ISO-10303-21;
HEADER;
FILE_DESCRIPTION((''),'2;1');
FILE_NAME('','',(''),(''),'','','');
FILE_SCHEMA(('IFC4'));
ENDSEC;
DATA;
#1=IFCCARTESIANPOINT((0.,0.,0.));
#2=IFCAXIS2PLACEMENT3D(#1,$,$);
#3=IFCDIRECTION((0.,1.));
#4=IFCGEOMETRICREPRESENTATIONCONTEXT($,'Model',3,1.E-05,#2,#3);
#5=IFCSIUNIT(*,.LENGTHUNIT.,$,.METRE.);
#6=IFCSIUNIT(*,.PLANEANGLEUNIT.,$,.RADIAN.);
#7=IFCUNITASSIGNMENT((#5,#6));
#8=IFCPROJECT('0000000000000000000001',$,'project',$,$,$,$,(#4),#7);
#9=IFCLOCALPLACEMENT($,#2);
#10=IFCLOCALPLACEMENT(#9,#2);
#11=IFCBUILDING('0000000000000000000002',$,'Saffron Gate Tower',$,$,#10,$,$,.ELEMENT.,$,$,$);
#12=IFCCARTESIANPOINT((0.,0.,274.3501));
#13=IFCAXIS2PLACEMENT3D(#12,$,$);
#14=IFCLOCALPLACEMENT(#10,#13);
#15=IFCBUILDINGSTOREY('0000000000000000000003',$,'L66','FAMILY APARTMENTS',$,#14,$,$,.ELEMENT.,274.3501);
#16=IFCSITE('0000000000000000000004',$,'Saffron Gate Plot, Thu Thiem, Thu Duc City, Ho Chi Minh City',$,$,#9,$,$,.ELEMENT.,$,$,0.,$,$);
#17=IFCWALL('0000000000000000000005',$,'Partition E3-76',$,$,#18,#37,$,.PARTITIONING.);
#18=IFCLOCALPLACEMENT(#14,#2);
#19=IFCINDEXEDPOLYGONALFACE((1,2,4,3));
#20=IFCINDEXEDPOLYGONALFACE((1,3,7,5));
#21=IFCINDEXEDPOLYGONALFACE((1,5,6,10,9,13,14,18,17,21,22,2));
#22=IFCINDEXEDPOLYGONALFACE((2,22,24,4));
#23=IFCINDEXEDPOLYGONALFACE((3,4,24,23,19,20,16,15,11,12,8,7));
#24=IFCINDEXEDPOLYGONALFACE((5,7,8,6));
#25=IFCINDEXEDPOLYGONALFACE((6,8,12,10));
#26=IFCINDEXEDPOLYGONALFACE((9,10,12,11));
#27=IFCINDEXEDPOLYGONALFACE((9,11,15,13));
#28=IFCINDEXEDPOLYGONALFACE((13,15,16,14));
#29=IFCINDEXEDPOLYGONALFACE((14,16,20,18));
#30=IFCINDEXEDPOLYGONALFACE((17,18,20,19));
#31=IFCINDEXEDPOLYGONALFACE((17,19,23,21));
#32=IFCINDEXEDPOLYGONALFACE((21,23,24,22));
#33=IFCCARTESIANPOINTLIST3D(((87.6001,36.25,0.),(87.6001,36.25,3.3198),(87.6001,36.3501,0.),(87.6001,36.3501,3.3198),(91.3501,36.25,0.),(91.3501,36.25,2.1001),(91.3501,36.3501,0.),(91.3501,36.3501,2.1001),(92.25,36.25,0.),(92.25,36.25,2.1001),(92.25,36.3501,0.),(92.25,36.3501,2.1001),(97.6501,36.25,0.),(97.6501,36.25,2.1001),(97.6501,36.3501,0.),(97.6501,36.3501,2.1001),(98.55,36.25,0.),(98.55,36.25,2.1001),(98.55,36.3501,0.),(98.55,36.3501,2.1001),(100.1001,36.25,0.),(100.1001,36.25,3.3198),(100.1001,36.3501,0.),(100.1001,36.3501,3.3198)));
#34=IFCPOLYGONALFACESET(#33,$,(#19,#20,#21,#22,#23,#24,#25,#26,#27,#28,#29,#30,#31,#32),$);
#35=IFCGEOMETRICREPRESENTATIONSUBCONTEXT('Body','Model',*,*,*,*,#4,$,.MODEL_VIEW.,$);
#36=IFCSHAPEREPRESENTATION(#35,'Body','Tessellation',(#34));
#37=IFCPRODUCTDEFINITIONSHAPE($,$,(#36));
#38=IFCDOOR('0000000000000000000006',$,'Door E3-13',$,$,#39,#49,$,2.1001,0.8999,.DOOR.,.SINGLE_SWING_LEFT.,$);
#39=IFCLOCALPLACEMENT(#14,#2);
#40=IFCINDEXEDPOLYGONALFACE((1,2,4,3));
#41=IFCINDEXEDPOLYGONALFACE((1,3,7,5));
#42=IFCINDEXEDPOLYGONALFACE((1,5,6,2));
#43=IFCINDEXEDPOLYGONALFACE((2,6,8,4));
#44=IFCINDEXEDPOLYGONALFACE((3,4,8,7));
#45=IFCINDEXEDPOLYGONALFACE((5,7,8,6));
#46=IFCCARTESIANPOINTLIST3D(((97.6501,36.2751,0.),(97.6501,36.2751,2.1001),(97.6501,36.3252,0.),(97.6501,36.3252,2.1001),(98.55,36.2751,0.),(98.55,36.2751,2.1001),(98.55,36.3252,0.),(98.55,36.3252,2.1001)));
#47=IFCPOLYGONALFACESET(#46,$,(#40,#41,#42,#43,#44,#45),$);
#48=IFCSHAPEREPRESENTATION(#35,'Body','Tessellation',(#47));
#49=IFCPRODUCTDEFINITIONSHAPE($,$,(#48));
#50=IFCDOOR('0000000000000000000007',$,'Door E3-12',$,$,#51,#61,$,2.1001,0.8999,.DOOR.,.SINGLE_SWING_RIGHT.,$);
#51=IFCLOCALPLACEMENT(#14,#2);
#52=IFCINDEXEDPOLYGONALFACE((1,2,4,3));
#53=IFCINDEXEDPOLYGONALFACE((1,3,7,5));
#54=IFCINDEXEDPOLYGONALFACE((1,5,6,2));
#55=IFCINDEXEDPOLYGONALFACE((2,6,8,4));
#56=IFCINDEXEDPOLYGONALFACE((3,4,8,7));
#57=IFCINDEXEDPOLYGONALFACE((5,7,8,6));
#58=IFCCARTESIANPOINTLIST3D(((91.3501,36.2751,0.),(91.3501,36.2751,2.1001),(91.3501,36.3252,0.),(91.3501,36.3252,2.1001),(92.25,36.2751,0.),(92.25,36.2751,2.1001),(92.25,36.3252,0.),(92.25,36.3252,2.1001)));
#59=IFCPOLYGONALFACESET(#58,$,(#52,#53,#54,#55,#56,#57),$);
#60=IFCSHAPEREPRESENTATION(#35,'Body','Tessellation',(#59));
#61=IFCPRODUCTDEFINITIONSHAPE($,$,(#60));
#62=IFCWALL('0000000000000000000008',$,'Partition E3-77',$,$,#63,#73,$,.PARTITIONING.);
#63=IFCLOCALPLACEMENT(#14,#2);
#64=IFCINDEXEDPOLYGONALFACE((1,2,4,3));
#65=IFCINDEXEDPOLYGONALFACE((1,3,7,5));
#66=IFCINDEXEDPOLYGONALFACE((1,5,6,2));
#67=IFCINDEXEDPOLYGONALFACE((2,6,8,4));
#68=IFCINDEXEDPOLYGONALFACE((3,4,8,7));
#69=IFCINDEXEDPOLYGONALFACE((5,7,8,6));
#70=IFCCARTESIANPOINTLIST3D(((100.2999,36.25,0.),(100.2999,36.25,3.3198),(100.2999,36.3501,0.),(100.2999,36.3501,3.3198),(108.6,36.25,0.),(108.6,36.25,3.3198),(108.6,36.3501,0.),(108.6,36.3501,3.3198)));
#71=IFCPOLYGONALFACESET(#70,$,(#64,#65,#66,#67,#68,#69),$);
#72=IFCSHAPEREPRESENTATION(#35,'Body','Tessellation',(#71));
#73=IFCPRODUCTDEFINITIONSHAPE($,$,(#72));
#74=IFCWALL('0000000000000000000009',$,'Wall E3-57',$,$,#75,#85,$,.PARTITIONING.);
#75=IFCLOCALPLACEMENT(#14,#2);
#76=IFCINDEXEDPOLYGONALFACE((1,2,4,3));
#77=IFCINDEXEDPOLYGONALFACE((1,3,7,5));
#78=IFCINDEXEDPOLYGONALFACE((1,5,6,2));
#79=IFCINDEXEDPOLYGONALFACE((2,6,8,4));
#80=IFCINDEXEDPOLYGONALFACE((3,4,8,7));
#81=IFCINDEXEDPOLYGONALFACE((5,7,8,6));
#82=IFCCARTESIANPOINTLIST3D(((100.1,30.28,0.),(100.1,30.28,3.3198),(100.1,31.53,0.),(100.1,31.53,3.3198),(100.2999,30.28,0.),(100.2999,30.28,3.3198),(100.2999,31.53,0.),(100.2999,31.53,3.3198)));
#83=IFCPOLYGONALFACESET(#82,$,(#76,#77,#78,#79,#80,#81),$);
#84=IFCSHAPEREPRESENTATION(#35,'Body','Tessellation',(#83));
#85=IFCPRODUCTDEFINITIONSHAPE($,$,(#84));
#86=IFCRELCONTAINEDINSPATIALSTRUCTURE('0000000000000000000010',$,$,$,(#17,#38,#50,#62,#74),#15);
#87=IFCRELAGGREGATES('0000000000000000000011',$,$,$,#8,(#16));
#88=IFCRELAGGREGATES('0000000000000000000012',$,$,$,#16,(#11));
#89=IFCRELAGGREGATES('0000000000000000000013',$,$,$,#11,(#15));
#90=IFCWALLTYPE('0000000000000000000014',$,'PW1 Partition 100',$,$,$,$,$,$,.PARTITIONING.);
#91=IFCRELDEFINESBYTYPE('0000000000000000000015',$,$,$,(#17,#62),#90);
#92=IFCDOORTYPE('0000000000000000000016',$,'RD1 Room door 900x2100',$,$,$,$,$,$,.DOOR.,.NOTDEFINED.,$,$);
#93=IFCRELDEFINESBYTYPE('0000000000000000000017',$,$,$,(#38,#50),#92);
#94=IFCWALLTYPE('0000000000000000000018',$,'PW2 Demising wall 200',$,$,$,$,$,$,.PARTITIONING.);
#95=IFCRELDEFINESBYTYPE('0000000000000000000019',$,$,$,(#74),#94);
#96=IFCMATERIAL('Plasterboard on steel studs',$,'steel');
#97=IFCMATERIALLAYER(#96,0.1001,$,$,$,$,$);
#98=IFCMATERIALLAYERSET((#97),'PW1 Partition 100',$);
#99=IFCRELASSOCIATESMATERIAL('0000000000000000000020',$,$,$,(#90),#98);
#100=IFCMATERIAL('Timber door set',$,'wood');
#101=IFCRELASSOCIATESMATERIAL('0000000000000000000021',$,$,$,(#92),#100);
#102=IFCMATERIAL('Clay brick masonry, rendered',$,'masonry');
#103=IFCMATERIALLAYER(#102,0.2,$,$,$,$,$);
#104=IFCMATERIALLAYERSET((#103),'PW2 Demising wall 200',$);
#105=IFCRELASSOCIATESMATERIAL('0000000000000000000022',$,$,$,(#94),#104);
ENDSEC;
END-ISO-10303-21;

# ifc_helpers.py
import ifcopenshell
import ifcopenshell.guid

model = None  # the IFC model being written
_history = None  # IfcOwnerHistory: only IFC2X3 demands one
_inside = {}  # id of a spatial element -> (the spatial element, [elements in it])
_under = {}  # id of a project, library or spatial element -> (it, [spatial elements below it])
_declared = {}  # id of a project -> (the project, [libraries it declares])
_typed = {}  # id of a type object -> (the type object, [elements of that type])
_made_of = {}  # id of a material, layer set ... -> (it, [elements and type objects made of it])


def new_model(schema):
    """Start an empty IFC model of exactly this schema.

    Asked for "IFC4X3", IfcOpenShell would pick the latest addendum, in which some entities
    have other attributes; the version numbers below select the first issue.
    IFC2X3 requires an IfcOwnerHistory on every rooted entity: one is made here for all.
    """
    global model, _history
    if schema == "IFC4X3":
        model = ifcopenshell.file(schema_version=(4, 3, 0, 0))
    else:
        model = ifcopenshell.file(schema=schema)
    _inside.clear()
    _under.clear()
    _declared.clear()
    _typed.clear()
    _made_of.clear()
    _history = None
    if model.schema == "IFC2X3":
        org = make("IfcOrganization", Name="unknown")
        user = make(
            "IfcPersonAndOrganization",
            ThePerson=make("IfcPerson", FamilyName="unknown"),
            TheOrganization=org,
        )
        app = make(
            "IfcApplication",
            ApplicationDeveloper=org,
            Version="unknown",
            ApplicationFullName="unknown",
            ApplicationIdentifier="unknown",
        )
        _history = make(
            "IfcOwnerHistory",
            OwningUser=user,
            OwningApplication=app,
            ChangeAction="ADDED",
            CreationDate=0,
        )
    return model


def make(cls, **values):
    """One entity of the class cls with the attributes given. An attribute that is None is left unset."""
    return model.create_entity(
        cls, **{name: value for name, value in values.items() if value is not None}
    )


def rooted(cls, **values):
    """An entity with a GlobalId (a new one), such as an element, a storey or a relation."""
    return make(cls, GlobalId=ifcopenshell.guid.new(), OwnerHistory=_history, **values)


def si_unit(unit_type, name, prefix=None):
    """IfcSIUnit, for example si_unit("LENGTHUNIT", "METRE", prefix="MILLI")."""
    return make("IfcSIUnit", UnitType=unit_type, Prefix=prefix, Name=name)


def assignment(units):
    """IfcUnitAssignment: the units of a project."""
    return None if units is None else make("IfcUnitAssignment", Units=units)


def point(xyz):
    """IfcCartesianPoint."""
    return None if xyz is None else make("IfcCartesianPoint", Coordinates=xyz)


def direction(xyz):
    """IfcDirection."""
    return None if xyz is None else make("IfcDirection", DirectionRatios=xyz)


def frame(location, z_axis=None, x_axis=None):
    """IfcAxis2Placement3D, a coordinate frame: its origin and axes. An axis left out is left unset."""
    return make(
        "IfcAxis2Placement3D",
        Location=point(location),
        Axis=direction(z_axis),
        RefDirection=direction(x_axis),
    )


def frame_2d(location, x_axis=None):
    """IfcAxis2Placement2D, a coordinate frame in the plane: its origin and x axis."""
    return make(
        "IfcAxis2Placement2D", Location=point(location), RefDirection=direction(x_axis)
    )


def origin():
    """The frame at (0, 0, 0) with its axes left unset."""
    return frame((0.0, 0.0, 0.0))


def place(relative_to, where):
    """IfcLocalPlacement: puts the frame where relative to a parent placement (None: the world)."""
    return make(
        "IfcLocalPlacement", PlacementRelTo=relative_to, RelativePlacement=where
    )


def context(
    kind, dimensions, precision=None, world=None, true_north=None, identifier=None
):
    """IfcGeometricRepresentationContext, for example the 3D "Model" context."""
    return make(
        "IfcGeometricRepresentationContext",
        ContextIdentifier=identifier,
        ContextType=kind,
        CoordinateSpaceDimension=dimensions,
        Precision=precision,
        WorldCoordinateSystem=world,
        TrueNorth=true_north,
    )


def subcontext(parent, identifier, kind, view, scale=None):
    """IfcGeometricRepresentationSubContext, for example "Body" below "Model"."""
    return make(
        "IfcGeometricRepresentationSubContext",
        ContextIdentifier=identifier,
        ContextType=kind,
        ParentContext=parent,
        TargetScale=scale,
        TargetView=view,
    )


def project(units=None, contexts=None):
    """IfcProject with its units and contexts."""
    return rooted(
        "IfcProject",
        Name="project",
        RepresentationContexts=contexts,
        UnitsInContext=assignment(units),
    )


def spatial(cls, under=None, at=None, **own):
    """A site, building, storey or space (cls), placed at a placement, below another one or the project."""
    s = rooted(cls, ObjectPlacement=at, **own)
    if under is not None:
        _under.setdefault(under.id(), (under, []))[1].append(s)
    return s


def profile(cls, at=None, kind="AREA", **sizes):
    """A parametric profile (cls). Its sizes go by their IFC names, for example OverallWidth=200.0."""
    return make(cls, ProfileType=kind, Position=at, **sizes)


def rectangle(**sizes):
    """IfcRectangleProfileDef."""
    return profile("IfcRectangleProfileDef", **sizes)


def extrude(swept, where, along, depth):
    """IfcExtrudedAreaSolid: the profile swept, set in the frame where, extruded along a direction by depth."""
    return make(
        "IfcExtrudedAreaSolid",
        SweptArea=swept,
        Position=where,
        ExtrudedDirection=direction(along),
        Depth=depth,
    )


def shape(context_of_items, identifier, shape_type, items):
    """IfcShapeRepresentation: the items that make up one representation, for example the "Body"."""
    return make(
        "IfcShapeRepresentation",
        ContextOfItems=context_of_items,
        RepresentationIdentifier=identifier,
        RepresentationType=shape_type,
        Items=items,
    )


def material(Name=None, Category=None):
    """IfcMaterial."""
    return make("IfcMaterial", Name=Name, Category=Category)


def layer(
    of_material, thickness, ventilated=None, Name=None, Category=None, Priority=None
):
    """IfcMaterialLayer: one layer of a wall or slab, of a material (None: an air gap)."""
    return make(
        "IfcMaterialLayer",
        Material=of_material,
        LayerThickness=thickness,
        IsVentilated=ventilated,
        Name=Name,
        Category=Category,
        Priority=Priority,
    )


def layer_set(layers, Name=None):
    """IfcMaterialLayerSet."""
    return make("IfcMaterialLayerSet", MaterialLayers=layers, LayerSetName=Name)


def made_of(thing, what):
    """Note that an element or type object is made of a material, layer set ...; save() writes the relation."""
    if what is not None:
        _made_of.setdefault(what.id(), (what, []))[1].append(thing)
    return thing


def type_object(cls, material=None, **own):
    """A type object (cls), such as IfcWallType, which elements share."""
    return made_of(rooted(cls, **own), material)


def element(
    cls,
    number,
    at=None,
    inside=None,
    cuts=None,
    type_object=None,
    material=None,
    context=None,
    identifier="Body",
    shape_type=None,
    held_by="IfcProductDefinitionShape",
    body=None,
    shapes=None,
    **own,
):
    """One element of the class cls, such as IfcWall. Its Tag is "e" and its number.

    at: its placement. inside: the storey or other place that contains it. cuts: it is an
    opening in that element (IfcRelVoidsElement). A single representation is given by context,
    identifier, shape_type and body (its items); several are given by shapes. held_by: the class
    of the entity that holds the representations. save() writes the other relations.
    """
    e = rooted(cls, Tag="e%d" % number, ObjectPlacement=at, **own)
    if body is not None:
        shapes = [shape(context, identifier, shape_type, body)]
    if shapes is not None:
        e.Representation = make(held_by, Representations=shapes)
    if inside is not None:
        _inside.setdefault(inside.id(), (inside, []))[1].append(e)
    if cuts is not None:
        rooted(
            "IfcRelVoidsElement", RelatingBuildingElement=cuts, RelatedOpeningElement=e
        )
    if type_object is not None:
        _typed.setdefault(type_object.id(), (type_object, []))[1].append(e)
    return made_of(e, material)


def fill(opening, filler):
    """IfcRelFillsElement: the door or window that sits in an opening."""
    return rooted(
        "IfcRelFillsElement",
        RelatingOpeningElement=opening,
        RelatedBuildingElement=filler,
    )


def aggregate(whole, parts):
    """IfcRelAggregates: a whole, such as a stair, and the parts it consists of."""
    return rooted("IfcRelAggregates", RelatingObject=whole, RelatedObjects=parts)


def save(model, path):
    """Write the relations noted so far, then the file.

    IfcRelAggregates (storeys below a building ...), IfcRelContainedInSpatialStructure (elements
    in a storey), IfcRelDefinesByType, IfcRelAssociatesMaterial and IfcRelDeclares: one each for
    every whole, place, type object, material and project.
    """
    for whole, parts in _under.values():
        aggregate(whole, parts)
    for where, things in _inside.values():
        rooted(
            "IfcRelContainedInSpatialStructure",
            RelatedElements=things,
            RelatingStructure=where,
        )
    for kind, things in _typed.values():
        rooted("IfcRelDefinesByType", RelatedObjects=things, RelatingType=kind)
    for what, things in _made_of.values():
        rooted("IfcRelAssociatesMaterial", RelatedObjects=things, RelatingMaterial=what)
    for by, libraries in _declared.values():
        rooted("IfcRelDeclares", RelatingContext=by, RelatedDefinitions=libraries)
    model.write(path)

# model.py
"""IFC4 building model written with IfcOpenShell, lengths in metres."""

from ifc_helpers import new_model, si_unit, direction, frame, frame_2d, origin, place, context, subcontext, project, spatial, rectangle, extrude, material, layer, layer_set, type_object, element, fill, save


model = new_model("IFC4")

# Units and contexts
model_context = context("Model", 3, precision=1e-05, world=origin(), true_north=direction((0.0, 1.0)))
body_context = subcontext(model_context, "Body", "Model", "MODEL_VIEW")
ifc_project = project(units=[si_unit("LENGTHUNIT", "METRE"), si_unit("PLANEANGLEUNIT", "RADIAN")], contexts=[model_context])

# Site, building, storey
site_placement = place(None, origin())
site = spatial("IfcSite", under=ifc_project, at=site_placement, Name="Saffron Gate Plot, Thu Thiem, Thu Duc City, Ho Chi Minh City", CompositionType="ELEMENT", RefElevation=0.0)
building_placement = place(site_placement, origin())
building = spatial("IfcBuilding", under=site, at=building_placement, Name="Saffron Gate Tower", CompositionType="ELEMENT")
storey_placement = place(building_placement, frame((0.0, 0.0, 274.3501)))
storey = spatial("IfcBuildingStorey", under=building, at=storey_placement, Name="L66", Description="FAMILY APARTMENTS", CompositionType="ELEMENT", Elevation=274.3501)

# Shared definitions
ifc_material_1 = material(Name="Plasterboard on steel studs", Category="steel")
ifc_layer_1 = layer(ifc_material_1, 0.1001)
ifc_layer_set_1 = layer_set([ifc_layer_1], Name="PW1 Partition 100")
wall_type_1 = type_object("IfcWallType", Name="PW1 Partition 100", PredefinedType="PARTITIONING", material=ifc_layer_set_1)
ifc_material_2 = material(Name="Timber door set", Category="wood")
door_type = type_object("IfcDoorType", Name="RD1 Room door 900x2100", OperationType="NOTDEFINED", PredefinedType="DOOR", material=ifc_material_2)

# Wall, openings, doors
wall_1_placement = place(storey_placement, frame((100.1001, 36.3, 0.0), z_axis=(0.0, 0.0, 1.0), x_axis=(-1.0, 0.0, 0.0)))
wall_1 = element("IfcWall", 1, at=wall_1_placement, inside=storey, type_object=wall_type_1, Name="Partition E3-76", PredefinedType="PARTITIONING", context=body_context, shape_type="SweptSolid", body=[
    extrude(rectangle(XDim=12.5, YDim=0.1001, at=frame_2d((6.25, 0.0))), origin(), (0.0, 0.0, 1.0), 3.3198),
])
opening_1_placement = place(wall_1_placement, frame((1.55, 0.0, 0.0)))
opening_1 = element("IfcOpeningElement", 2, at=opening_1_placement, cuts=wall_1, PredefinedType="OPENING", context=body_context, shape_type="SweptSolid", body=[
    extrude(rectangle(XDim=0.8999, YDim=2.1001, at=frame_2d((0.45, 1.05))), frame((0.0, 0.0601, 0.0), z_axis=(0.0, -1.0, 0.0), x_axis=(1.0, 0.0, 0.0)), (0.0, 0.0, 1.0), 0.1201),
])
opening_2_placement = place(wall_1_placement, frame((7.8501, 0.0, 0.0)))
opening_2 = element("IfcOpeningElement", 3, at=opening_2_placement, cuts=wall_1, PredefinedType="OPENING", context=body_context, shape_type="SweptSolid", body=[
    extrude(rectangle(XDim=0.8999, YDim=2.1001, at=frame_2d((0.45, 1.05))), frame((0.0, 0.0601, 0.0), z_axis=(0.0, -1.0, 0.0), x_axis=(1.0, 0.0, 0.0)), (0.0, 0.0, 1.0), 0.1201),
])
door_1_placement = place(opening_1_placement, origin())
door_1 = element("IfcDoor", 4, at=door_1_placement, inside=storey, type_object=door_type, Name="Door E3-13", OperationType="SINGLE_SWING_LEFT", OverallHeight=2.1001, OverallWidth=0.8999, PredefinedType="DOOR", context=body_context, shape_type="SweptSolid", body=[
    extrude(rectangle(XDim=0.8999, YDim=2.1001, at=frame_2d((0.45, 1.05))), frame((0.0, 0.0249, 0.0), z_axis=(0.0, -1.0, 0.0), x_axis=(1.0, 0.0, 0.0)), (0.0, 0.0, 1.0), 0.05),
])
fill(opening_1, door_1)
door_2_placement = place(opening_2_placement, origin())
door_2 = element("IfcDoor", 5, at=door_2_placement, inside=storey, type_object=door_type, Name="Door E3-12", OperationType="SINGLE_SWING_RIGHT", OverallHeight=2.1001, OverallWidth=0.8999, PredefinedType="DOOR", context=body_context, shape_type="SweptSolid", body=[
    extrude(rectangle(XDim=0.8999, YDim=2.1001, at=frame_2d((0.45, 1.05))), frame((0.0, 0.0249, 0.0), z_axis=(0.0, -1.0, 0.0), x_axis=(1.0, 0.0, 0.0)), (0.0, 0.0, 1.0), 0.05),
])
fill(opening_2, door_2)

# Walls
wall_2_placement = place(storey_placement, frame((100.3, 36.3, 0.0), z_axis=(0.0, 0.0, 1.0), x_axis=(1.0, 0.0, 0.0)))
element("IfcWall", 6, at=wall_2_placement, inside=storey, type_object=wall_type_1, Name="Partition E3-77", PredefinedType="PARTITIONING", context=body_context, shape_type="SweptSolid", body=[
    extrude(rectangle(XDim=8.3, YDim=0.1001, at=frame_2d((4.1499, 0.0))), origin(), (0.0, 0.0, 1.0), 3.3198),
])
ifc_material_3 = material(Name="Clay brick masonry, rendered", Category="masonry")
ifc_layer_2 = layer(ifc_material_3, 0.2)
ifc_layer_set_2 = layer_set([ifc_layer_2], Name="PW2 Demising wall 200")
wall_type_2 = type_object("IfcWallType", Name="PW2 Demising wall 200", PredefinedType="PARTITIONING", material=ifc_layer_set_2)
wall_3_placement = place(storey_placement, frame((100.2, 31.53, 0.0), z_axis=(0.0, 0.0, 1.0), x_axis=(0.0, -1.0, 0.0)))
element("IfcWall", 7, at=wall_3_placement, inside=storey, type_object=wall_type_2, Name="Wall E3-57", PredefinedType="PARTITIONING", context=body_context, shape_type="SweptSolid", body=[
    extrude(rectangle(XDim=1.25, YDim=0.2, at=frame_2d((0.625, 0.0))), origin(), (0.0, 0.0, 1.0), 3.3198),
])

save(model, "model.ifc")
